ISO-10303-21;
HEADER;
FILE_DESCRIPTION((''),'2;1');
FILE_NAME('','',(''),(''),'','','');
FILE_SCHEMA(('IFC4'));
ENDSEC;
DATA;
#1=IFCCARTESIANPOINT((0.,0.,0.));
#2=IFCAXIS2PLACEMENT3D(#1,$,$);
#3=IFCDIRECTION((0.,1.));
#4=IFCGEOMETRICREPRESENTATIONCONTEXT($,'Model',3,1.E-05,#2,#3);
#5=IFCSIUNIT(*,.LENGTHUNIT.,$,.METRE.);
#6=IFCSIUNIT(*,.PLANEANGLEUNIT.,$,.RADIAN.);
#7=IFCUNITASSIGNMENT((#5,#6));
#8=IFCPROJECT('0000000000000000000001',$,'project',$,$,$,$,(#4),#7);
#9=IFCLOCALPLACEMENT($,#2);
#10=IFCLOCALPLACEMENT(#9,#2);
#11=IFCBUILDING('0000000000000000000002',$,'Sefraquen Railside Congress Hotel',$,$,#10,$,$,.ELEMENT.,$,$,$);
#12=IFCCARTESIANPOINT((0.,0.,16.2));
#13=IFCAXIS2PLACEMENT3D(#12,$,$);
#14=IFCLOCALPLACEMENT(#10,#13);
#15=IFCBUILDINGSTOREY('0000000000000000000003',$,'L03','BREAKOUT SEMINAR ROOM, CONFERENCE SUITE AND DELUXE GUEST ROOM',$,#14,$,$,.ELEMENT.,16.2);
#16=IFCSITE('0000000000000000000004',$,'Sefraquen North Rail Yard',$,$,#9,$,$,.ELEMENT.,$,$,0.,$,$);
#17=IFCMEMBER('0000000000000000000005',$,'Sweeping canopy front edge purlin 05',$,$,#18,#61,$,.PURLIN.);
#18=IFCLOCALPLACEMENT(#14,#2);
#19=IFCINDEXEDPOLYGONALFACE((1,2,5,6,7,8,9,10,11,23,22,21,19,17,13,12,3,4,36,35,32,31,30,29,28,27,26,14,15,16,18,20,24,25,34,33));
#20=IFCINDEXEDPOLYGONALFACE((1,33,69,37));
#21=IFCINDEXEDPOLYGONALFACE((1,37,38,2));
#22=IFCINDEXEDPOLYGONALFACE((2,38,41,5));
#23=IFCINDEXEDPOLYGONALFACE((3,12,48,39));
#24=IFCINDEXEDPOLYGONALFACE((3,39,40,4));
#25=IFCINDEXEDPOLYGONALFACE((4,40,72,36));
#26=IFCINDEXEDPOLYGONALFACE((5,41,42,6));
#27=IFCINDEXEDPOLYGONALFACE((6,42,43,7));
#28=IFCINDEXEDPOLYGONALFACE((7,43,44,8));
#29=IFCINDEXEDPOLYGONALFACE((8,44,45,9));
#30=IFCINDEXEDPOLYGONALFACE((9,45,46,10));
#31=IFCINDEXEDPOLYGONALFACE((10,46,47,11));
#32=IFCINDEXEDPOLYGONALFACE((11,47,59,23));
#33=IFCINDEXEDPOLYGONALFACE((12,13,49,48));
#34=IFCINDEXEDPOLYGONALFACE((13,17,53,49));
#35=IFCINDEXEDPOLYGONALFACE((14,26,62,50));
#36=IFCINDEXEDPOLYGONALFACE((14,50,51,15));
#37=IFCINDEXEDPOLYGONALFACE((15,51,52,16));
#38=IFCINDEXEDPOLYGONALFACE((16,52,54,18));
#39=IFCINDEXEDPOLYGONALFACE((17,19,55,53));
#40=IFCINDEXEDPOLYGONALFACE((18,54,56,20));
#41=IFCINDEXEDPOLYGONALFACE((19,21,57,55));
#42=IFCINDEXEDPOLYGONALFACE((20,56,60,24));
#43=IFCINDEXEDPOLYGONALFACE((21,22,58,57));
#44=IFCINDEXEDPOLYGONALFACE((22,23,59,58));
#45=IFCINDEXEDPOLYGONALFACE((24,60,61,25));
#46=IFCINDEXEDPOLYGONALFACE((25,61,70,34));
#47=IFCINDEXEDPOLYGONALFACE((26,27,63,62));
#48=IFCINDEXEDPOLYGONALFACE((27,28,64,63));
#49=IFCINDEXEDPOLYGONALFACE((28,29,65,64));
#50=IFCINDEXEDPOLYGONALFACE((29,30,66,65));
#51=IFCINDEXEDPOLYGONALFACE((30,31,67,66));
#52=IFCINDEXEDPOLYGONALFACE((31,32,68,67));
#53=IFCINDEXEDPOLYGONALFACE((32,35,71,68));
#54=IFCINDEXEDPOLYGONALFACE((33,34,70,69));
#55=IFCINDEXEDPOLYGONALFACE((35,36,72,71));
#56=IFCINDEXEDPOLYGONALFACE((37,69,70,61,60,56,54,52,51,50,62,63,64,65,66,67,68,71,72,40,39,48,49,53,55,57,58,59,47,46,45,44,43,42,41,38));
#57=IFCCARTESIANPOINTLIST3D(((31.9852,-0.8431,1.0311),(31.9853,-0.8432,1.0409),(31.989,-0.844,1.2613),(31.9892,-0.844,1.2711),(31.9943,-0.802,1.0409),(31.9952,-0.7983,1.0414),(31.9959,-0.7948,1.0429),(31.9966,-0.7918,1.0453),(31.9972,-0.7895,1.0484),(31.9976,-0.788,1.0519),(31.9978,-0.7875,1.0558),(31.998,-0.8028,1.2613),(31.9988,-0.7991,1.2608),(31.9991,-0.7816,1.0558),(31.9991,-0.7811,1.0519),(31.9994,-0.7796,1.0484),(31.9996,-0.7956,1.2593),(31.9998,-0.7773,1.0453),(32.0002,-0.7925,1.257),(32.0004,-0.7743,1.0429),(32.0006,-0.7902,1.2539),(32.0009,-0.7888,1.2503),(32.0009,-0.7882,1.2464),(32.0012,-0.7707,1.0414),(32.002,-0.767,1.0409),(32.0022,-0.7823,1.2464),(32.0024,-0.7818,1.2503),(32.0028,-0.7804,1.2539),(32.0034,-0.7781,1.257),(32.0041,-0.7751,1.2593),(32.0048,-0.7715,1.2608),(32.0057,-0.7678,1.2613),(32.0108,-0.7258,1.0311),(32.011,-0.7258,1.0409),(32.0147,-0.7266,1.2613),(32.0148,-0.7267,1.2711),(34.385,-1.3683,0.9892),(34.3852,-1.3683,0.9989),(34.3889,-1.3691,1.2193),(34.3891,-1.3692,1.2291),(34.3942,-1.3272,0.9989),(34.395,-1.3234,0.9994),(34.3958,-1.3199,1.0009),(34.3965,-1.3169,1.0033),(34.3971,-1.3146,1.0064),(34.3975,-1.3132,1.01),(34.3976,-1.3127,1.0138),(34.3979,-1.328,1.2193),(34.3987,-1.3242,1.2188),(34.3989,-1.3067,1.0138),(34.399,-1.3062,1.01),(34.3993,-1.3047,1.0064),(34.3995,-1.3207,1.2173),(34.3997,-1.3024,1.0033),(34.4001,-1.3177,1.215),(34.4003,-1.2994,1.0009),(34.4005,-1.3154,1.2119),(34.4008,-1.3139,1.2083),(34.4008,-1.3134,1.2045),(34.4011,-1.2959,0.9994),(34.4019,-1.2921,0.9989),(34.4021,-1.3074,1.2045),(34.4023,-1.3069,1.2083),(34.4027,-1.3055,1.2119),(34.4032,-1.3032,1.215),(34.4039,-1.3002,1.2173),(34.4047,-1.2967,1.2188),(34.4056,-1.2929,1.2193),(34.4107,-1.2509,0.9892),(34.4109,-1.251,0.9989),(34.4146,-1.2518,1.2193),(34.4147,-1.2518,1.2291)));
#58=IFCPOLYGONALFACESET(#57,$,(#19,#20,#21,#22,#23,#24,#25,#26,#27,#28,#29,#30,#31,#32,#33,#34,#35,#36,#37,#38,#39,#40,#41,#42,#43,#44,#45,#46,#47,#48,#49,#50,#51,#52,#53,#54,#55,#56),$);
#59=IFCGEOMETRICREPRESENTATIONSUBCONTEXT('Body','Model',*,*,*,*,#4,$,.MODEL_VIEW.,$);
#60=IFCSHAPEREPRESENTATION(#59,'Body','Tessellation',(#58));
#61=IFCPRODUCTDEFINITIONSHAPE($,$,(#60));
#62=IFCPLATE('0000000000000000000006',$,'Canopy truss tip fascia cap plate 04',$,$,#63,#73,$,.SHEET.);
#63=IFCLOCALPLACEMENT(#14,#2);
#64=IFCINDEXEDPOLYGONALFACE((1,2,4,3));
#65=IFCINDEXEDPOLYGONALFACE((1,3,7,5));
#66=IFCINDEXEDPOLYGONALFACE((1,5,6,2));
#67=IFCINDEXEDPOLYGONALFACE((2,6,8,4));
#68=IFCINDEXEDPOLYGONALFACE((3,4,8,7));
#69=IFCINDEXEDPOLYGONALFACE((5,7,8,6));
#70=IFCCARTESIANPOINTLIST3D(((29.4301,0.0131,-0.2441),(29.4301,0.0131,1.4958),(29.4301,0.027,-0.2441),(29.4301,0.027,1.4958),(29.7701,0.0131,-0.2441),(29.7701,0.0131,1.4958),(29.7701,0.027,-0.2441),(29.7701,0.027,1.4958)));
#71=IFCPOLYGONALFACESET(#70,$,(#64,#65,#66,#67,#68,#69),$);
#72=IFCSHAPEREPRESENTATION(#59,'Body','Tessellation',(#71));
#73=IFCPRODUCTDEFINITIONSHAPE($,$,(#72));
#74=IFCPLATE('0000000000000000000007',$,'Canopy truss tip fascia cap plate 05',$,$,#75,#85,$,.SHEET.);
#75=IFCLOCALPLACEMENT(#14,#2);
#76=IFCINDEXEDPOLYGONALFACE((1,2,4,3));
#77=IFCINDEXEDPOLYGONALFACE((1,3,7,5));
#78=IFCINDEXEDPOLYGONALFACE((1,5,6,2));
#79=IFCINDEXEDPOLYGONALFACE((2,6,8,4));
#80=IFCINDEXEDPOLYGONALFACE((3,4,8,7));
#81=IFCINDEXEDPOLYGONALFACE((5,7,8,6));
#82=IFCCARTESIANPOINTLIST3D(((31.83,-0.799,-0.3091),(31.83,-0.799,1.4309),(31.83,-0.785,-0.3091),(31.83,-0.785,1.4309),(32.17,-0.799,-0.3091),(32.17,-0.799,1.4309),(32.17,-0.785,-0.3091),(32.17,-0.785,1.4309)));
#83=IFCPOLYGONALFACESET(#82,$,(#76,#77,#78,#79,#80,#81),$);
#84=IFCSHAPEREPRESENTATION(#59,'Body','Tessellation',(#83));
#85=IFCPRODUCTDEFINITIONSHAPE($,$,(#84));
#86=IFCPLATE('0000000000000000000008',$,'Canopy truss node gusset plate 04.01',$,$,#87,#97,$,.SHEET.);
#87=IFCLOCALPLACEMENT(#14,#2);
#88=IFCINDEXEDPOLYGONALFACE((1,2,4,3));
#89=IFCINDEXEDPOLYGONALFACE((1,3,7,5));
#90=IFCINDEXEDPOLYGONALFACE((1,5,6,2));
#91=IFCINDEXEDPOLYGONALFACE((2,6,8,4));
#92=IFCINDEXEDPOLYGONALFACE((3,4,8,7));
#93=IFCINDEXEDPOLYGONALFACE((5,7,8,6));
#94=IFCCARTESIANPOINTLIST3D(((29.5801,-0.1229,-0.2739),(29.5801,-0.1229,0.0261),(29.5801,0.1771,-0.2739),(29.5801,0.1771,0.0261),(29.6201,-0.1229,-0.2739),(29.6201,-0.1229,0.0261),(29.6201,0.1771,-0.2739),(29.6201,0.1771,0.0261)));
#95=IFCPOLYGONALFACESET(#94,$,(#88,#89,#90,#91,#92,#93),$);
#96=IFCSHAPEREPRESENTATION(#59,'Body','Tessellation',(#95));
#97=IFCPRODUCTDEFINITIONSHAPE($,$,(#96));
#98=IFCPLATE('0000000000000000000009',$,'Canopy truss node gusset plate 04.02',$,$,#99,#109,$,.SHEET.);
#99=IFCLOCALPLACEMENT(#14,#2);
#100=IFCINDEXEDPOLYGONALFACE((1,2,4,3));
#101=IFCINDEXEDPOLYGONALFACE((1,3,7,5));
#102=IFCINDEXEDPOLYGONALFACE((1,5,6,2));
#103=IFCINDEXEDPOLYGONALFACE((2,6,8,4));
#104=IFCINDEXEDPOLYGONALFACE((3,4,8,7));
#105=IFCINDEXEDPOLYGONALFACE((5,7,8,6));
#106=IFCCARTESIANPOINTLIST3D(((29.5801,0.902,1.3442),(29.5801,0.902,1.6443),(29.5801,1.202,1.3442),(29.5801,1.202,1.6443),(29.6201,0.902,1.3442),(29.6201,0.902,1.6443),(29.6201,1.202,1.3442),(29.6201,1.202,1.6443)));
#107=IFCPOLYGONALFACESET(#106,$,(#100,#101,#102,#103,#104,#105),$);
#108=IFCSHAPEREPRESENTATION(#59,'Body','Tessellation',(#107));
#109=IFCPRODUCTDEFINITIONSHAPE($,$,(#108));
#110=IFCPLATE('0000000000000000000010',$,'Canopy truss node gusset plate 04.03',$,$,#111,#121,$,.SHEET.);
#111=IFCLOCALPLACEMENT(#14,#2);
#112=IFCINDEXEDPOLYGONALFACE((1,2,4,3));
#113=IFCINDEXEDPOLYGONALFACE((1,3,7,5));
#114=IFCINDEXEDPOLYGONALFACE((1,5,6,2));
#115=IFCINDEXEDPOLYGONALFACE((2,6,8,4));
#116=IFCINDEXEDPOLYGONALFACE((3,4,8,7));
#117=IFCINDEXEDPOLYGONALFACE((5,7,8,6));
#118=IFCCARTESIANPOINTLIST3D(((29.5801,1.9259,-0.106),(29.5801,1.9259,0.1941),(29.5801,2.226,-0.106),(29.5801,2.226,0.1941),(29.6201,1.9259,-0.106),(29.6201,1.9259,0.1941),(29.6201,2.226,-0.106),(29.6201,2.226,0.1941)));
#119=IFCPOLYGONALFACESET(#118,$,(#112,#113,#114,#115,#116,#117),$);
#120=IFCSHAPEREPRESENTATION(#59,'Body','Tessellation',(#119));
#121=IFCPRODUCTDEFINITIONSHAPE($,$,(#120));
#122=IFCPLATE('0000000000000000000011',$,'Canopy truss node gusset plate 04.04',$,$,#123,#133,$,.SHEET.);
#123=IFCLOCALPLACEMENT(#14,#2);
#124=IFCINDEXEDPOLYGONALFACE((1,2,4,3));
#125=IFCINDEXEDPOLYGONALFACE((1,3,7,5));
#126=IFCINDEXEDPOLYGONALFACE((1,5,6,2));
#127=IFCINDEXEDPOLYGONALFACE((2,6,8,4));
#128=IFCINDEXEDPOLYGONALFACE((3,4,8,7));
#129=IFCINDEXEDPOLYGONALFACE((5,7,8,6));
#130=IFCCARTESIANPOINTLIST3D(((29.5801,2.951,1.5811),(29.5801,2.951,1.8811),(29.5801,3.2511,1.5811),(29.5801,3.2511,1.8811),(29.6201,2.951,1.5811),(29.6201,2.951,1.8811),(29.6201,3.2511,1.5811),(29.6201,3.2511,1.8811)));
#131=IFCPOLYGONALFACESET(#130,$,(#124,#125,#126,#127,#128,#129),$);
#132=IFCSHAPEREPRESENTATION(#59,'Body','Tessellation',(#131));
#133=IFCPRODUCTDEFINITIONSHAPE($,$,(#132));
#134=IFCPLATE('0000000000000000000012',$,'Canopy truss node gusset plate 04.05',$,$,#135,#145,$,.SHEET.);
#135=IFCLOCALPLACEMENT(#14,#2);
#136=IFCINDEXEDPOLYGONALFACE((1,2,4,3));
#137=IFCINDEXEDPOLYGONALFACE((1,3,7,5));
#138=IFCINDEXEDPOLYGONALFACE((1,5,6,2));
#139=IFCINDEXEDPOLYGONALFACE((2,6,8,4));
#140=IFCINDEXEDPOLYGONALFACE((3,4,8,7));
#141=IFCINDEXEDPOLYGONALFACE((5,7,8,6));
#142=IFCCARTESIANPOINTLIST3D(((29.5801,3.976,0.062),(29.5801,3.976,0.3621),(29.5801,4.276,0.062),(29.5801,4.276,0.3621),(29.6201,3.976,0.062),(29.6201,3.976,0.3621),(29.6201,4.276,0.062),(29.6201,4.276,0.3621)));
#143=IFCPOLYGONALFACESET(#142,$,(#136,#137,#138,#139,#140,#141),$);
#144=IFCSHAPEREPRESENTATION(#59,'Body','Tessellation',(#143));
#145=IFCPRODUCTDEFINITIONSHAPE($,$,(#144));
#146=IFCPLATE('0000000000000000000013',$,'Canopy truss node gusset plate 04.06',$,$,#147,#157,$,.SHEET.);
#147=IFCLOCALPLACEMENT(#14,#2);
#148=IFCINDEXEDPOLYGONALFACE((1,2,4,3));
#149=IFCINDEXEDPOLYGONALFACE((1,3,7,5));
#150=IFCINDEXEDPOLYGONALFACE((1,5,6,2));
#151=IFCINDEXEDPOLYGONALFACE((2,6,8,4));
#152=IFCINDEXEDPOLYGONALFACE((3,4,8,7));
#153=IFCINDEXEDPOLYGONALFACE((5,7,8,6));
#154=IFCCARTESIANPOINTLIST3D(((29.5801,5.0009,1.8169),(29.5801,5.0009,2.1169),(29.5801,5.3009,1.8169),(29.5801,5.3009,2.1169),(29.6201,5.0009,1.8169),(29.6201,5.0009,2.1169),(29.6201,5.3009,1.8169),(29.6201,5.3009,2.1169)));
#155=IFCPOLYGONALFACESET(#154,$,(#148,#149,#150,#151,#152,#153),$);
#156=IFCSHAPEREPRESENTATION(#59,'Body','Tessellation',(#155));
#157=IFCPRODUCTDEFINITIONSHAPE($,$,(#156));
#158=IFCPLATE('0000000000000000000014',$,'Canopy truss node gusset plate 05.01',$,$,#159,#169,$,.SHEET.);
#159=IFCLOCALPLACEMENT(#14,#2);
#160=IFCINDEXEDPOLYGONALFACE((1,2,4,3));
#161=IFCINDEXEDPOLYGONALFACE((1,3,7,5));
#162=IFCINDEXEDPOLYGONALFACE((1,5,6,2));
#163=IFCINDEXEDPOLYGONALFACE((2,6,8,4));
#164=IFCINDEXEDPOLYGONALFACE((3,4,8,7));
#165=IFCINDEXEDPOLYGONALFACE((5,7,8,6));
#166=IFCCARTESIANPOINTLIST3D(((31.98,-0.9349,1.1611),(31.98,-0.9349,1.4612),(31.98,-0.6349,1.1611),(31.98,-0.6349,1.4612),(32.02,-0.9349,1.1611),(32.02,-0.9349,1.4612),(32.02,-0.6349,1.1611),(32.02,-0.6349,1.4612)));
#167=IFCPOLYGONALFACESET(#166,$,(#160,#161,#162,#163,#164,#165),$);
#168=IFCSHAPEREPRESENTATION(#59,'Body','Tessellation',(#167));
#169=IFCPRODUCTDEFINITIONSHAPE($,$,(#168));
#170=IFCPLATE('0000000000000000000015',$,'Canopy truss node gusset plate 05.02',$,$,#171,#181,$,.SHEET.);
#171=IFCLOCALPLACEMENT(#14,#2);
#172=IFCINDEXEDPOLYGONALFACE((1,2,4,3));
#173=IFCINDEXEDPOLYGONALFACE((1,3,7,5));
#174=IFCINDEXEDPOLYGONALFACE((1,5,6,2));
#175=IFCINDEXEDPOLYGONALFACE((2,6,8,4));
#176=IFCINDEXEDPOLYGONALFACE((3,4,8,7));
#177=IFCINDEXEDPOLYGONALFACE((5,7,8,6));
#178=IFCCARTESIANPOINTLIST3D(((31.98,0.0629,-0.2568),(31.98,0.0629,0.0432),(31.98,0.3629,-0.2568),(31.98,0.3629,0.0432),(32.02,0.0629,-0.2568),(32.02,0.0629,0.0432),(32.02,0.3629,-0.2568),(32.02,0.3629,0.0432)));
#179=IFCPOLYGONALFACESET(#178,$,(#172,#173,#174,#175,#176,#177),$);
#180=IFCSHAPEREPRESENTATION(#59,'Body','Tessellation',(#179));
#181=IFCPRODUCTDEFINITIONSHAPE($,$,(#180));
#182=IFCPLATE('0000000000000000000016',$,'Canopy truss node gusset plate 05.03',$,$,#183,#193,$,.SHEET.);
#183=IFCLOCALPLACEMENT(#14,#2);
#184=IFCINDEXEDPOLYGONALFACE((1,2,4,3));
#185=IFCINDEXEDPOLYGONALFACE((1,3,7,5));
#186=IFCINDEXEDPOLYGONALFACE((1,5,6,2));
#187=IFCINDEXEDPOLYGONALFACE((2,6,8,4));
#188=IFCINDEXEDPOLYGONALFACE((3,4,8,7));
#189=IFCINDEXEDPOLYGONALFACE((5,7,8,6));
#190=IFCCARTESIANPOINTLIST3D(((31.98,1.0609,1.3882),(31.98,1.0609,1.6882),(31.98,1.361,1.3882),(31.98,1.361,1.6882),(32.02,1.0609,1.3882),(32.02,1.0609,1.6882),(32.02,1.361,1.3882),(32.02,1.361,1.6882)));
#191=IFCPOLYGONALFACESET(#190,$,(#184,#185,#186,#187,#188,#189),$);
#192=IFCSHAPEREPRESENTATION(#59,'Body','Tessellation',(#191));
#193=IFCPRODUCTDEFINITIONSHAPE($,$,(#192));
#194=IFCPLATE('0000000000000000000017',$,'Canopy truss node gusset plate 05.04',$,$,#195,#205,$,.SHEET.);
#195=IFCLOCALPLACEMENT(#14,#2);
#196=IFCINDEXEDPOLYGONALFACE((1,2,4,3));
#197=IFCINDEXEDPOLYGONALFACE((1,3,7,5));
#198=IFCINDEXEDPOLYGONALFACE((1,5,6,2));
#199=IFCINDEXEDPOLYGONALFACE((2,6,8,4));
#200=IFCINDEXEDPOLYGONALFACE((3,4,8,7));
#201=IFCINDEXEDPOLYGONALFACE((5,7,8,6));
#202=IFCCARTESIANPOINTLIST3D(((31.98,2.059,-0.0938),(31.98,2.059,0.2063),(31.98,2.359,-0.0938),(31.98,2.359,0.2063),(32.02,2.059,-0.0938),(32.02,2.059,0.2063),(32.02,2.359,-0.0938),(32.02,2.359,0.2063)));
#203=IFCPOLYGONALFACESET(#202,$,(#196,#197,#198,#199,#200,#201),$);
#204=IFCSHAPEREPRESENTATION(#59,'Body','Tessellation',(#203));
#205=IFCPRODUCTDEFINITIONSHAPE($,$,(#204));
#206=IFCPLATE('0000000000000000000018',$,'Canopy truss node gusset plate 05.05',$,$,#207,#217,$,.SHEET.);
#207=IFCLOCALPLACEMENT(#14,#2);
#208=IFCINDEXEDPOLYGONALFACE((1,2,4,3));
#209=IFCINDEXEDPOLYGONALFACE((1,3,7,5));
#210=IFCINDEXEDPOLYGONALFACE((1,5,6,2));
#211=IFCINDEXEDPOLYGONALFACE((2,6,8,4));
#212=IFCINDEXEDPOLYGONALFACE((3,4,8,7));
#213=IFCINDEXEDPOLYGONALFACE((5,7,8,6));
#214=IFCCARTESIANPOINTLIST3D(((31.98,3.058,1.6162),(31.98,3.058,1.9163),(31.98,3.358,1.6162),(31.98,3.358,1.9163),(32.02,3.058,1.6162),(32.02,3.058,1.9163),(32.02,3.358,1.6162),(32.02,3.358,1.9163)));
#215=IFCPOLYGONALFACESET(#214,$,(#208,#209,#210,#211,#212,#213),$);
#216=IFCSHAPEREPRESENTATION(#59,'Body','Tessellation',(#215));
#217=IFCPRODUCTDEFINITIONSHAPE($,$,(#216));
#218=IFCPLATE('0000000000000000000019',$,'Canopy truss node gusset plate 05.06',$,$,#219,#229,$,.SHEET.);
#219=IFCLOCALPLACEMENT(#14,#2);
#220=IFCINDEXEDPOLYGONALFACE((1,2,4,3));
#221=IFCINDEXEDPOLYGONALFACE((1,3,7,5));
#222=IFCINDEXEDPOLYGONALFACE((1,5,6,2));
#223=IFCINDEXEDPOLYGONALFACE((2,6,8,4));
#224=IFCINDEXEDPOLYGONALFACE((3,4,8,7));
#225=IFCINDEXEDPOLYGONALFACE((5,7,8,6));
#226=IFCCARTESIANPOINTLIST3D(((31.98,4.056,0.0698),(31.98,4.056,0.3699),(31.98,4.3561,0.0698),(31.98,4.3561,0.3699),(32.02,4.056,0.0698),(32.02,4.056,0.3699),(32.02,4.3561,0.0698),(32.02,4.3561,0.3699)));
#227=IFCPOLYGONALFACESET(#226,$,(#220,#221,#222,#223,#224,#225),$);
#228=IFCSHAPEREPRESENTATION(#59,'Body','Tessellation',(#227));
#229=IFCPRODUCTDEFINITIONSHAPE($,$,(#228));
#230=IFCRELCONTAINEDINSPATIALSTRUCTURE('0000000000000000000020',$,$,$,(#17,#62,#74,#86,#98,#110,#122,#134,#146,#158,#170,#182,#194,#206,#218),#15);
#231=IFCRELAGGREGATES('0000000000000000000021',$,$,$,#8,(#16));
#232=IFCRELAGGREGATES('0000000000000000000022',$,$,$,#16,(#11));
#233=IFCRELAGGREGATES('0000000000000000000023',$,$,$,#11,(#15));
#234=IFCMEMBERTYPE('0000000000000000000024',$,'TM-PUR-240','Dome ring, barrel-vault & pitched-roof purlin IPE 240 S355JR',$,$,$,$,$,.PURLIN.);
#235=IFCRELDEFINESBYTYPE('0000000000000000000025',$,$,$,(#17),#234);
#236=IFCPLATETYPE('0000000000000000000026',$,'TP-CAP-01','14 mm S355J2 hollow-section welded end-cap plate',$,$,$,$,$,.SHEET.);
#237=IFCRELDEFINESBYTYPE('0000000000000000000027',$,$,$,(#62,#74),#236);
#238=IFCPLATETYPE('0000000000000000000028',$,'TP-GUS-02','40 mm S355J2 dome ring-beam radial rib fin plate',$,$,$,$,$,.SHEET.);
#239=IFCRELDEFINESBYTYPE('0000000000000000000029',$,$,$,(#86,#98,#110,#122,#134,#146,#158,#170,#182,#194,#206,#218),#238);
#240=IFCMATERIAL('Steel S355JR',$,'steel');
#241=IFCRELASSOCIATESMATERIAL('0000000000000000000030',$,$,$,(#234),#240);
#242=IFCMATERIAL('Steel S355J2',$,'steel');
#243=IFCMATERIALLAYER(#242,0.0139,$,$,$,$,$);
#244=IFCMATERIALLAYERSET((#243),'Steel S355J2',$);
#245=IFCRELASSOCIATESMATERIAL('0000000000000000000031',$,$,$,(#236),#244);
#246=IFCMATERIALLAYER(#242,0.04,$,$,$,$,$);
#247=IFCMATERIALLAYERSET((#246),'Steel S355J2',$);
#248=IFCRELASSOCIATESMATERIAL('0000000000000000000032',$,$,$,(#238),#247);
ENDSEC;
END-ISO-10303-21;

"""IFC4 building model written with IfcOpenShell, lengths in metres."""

from ifc_helpers import new_model, si_unit, direction, frame, origin, origin_2d, place, context, subcontext, project, spatial, rectangle, i_section, extrude, material, layer, layer_set, material_profile, profile_set, type_object, element, save


model = new_model("IFC4")

# Units and contexts
model_context = context("Model", 3, precision=1e-05, world=origin(), true_north=direction((0.0, 1.0)))
body_context = subcontext(model_context, "Body", "Model", "MODEL_VIEW")
ifc_project = project(units=[si_unit("LENGTHUNIT", "METRE"), si_unit("PLANEANGLEUNIT", "RADIAN")], contexts=[model_context])

# Site, building, storey
site_placement = place(None, origin())
site = spatial("IfcSite", under=ifc_project, at=site_placement, Name="Sefraquen North Rail Yard", CompositionType="ELEMENT", RefElevation=0.0)
building_placement = place(site_placement, origin())
building = spatial("IfcBuilding", under=site, at=building_placement, Name="Sefraquen Railside Congress Hotel", CompositionType="ELEMENT")
storey_placement = place(building_placement, frame((0.0, 0.0, 16.2)))
storey = spatial("IfcBuildingStorey", under=building, at=storey_placement, Name="L03", Description="BREAKOUT SEMINAR ROOM, CONFERENCE SUITE AND DELUXE GUEST ROOM", CompositionType="ELEMENT", Elevation=16.2)

# Member
ifc_material_1 = material(Name="Steel S355J2", Category="steel")
ifc_material_2 = material(Name="Steel S355JR", Category="steel")
ifc_material_profile_1 = material_profile(ifc_material_2, i_section(OverallWidth=0.1201, OverallDepth=0.24, WebThickness=0.0061, FlangeThickness=0.0098, FilletRadius=0.0149, at=origin_2d()), Name="IPE 240")
ifc_profile_set_1 = profile_set([ifc_material_profile_1], Name="Steel S355JR")
member_type_1 = type_object("IfcMemberType", Name="TM-PUR-240", Description="Dome ring, barrel-vault & pitched-roof purlin IPE 240 S355JR", PredefinedType="PURLIN", material=ifc_profile_set_1)
member_1_placement = place(storey_placement, frame((32.0, -0.7849, 1.1511), z_axis=(0.976743, -0.213731, -0.017091), x_axis=(0.213762, 0.976886, 0.0)))
element("IfcMember", 1, at=member_1_placement, inside=storey, type_object=member_type_1, Name="Sweeping canopy front edge purlin 05", PredefinedType="PURLIN", context=body_context, shape_type="SweptSolid", body=[
    extrude(i_section(OverallWidth=0.1201, OverallDepth=0.24, WebThickness=0.0061, FlangeThickness=0.0098, FilletRadius=0.0149, at=origin_2d()), origin(), (0.0, 0.0, 1.0), 2.457),
])

# Plates
ifc_layer_1 = layer(ifc_material_1, 0.0139)
ifc_layer_set_1 = layer_set([ifc_layer_1], Name="Steel S355J2")
plate_type_1 = type_object("IfcPlateType", Name="TP-CAP-01", Description="14 mm S355J2 hollow-section welded end-cap plate", PredefinedType="SHEET", material=ifc_layer_set_1)
for number, where, z_axis, x_axis, name in (
    (2, (29.6001, 0.02, -0.2441), (0.0, 0.0, 1.0), (1.0, 0.0, 0.0), "Canopy truss tip fascia cap plate 04"),
    (3, (32.0, -0.792, -0.3091), (0.0, 0.0, 1.0), (1.0, 0.0, 0.0), "Canopy truss tip fascia cap plate 05"),
):
    element("IfcPlate", number, at=place(storey_placement, frame(where, z_axis=z_axis, x_axis=x_axis)), inside=storey, type_object=plate_type_1, Name=name, PredefinedType="SHEET", context=body_context, shape_type="SweptSolid", body=[
        extrude(rectangle(XDim=0.3401, YDim=0.0139, at=origin_2d()), origin(), (0.0, 0.0, 1.0), 1.74),
    ])
ifc_layer_2 = layer(ifc_material_1, 0.04)
ifc_layer_set_2 = layer_set([ifc_layer_2], Name="Steel S355J2")
plate_type_2 = type_object("IfcPlateType", Name="TP-GUS-02", Description="40 mm S355J2 dome ring-beam radial rib fin plate", PredefinedType="SHEET", material=ifc_layer_set_2)
for number, where, z_axis, x_axis, name in (
    (4, (29.6001, 0.0271, -0.2739), (0.0, 0.0, 1.0), (1.0, 0.0, 0.0), "Canopy truss node gusset plate 04.01"),
    (5, (29.6001, 1.052, 1.3442), (0.0, 0.0, 1.0), (1.0, 0.0, 0.0), "Canopy truss node gusset plate 04.02"),
    (6, (29.6001, 2.0759, -0.106), (0.0, 0.0, 1.0), (1.0, 0.0, 0.0), "Canopy truss node gusset plate 04.03"),
    (7, (29.6001, 3.1011, 1.5811), (0.0, 0.0, 1.0), (1.0, 0.0, 0.0), "Canopy truss node gusset plate 04.04"),
    (8, (29.6001, 4.126, 0.062), (0.0, 0.0, 1.0), (1.0, 0.0, 0.0), "Canopy truss node gusset plate 04.05"),
    (9, (29.6001, 5.1509, 1.8169), (0.0, 0.0, 1.0), (1.0, 0.0, 0.0), "Canopy truss node gusset plate 04.06"),
    (10, (32.0, -0.7849, 1.1611), (0.0, 0.0, 1.0), (1.0, 0.0, 0.0), "Canopy truss node gusset plate 05.01"),
    (11, (32.0, 0.2129, -0.2568), (0.0, 0.0, 1.0), (1.0, 0.0, 0.0), "Canopy truss node gusset plate 05.02"),
    (12, (32.0, 1.2109, 1.3882), (0.0, 0.0, 1.0), (1.0, 0.0, 0.0), "Canopy truss node gusset plate 05.03"),
    (13, (32.0, 2.209, -0.0938), (0.0, 0.0, 1.0), (1.0, 0.0, 0.0), "Canopy truss node gusset plate 05.04"),
    (14, (32.0, 3.208, 1.6162), (0.0, 0.0, 1.0), (1.0, 0.0, 0.0), "Canopy truss node gusset plate 05.05"),
    (15, (32.0, 4.2061, 0.0698), (0.0, 0.0, 1.0), (1.0, 0.0, 0.0), "Canopy truss node gusset plate 05.06"),
):
    element("IfcPlate", number, at=place(storey_placement, frame(where, z_axis=z_axis, x_axis=x_axis)), inside=storey, type_object=plate_type_2, Name=name, PredefinedType="SHEET", context=body_context, shape_type="SweptSolid", body=[
        extrude(rectangle(XDim=0.04, YDim=0.3, at=origin_2d()), origin(), (0.0, 0.0, 1.0), 0.3),
    ])

save(model, "model.ifc")
